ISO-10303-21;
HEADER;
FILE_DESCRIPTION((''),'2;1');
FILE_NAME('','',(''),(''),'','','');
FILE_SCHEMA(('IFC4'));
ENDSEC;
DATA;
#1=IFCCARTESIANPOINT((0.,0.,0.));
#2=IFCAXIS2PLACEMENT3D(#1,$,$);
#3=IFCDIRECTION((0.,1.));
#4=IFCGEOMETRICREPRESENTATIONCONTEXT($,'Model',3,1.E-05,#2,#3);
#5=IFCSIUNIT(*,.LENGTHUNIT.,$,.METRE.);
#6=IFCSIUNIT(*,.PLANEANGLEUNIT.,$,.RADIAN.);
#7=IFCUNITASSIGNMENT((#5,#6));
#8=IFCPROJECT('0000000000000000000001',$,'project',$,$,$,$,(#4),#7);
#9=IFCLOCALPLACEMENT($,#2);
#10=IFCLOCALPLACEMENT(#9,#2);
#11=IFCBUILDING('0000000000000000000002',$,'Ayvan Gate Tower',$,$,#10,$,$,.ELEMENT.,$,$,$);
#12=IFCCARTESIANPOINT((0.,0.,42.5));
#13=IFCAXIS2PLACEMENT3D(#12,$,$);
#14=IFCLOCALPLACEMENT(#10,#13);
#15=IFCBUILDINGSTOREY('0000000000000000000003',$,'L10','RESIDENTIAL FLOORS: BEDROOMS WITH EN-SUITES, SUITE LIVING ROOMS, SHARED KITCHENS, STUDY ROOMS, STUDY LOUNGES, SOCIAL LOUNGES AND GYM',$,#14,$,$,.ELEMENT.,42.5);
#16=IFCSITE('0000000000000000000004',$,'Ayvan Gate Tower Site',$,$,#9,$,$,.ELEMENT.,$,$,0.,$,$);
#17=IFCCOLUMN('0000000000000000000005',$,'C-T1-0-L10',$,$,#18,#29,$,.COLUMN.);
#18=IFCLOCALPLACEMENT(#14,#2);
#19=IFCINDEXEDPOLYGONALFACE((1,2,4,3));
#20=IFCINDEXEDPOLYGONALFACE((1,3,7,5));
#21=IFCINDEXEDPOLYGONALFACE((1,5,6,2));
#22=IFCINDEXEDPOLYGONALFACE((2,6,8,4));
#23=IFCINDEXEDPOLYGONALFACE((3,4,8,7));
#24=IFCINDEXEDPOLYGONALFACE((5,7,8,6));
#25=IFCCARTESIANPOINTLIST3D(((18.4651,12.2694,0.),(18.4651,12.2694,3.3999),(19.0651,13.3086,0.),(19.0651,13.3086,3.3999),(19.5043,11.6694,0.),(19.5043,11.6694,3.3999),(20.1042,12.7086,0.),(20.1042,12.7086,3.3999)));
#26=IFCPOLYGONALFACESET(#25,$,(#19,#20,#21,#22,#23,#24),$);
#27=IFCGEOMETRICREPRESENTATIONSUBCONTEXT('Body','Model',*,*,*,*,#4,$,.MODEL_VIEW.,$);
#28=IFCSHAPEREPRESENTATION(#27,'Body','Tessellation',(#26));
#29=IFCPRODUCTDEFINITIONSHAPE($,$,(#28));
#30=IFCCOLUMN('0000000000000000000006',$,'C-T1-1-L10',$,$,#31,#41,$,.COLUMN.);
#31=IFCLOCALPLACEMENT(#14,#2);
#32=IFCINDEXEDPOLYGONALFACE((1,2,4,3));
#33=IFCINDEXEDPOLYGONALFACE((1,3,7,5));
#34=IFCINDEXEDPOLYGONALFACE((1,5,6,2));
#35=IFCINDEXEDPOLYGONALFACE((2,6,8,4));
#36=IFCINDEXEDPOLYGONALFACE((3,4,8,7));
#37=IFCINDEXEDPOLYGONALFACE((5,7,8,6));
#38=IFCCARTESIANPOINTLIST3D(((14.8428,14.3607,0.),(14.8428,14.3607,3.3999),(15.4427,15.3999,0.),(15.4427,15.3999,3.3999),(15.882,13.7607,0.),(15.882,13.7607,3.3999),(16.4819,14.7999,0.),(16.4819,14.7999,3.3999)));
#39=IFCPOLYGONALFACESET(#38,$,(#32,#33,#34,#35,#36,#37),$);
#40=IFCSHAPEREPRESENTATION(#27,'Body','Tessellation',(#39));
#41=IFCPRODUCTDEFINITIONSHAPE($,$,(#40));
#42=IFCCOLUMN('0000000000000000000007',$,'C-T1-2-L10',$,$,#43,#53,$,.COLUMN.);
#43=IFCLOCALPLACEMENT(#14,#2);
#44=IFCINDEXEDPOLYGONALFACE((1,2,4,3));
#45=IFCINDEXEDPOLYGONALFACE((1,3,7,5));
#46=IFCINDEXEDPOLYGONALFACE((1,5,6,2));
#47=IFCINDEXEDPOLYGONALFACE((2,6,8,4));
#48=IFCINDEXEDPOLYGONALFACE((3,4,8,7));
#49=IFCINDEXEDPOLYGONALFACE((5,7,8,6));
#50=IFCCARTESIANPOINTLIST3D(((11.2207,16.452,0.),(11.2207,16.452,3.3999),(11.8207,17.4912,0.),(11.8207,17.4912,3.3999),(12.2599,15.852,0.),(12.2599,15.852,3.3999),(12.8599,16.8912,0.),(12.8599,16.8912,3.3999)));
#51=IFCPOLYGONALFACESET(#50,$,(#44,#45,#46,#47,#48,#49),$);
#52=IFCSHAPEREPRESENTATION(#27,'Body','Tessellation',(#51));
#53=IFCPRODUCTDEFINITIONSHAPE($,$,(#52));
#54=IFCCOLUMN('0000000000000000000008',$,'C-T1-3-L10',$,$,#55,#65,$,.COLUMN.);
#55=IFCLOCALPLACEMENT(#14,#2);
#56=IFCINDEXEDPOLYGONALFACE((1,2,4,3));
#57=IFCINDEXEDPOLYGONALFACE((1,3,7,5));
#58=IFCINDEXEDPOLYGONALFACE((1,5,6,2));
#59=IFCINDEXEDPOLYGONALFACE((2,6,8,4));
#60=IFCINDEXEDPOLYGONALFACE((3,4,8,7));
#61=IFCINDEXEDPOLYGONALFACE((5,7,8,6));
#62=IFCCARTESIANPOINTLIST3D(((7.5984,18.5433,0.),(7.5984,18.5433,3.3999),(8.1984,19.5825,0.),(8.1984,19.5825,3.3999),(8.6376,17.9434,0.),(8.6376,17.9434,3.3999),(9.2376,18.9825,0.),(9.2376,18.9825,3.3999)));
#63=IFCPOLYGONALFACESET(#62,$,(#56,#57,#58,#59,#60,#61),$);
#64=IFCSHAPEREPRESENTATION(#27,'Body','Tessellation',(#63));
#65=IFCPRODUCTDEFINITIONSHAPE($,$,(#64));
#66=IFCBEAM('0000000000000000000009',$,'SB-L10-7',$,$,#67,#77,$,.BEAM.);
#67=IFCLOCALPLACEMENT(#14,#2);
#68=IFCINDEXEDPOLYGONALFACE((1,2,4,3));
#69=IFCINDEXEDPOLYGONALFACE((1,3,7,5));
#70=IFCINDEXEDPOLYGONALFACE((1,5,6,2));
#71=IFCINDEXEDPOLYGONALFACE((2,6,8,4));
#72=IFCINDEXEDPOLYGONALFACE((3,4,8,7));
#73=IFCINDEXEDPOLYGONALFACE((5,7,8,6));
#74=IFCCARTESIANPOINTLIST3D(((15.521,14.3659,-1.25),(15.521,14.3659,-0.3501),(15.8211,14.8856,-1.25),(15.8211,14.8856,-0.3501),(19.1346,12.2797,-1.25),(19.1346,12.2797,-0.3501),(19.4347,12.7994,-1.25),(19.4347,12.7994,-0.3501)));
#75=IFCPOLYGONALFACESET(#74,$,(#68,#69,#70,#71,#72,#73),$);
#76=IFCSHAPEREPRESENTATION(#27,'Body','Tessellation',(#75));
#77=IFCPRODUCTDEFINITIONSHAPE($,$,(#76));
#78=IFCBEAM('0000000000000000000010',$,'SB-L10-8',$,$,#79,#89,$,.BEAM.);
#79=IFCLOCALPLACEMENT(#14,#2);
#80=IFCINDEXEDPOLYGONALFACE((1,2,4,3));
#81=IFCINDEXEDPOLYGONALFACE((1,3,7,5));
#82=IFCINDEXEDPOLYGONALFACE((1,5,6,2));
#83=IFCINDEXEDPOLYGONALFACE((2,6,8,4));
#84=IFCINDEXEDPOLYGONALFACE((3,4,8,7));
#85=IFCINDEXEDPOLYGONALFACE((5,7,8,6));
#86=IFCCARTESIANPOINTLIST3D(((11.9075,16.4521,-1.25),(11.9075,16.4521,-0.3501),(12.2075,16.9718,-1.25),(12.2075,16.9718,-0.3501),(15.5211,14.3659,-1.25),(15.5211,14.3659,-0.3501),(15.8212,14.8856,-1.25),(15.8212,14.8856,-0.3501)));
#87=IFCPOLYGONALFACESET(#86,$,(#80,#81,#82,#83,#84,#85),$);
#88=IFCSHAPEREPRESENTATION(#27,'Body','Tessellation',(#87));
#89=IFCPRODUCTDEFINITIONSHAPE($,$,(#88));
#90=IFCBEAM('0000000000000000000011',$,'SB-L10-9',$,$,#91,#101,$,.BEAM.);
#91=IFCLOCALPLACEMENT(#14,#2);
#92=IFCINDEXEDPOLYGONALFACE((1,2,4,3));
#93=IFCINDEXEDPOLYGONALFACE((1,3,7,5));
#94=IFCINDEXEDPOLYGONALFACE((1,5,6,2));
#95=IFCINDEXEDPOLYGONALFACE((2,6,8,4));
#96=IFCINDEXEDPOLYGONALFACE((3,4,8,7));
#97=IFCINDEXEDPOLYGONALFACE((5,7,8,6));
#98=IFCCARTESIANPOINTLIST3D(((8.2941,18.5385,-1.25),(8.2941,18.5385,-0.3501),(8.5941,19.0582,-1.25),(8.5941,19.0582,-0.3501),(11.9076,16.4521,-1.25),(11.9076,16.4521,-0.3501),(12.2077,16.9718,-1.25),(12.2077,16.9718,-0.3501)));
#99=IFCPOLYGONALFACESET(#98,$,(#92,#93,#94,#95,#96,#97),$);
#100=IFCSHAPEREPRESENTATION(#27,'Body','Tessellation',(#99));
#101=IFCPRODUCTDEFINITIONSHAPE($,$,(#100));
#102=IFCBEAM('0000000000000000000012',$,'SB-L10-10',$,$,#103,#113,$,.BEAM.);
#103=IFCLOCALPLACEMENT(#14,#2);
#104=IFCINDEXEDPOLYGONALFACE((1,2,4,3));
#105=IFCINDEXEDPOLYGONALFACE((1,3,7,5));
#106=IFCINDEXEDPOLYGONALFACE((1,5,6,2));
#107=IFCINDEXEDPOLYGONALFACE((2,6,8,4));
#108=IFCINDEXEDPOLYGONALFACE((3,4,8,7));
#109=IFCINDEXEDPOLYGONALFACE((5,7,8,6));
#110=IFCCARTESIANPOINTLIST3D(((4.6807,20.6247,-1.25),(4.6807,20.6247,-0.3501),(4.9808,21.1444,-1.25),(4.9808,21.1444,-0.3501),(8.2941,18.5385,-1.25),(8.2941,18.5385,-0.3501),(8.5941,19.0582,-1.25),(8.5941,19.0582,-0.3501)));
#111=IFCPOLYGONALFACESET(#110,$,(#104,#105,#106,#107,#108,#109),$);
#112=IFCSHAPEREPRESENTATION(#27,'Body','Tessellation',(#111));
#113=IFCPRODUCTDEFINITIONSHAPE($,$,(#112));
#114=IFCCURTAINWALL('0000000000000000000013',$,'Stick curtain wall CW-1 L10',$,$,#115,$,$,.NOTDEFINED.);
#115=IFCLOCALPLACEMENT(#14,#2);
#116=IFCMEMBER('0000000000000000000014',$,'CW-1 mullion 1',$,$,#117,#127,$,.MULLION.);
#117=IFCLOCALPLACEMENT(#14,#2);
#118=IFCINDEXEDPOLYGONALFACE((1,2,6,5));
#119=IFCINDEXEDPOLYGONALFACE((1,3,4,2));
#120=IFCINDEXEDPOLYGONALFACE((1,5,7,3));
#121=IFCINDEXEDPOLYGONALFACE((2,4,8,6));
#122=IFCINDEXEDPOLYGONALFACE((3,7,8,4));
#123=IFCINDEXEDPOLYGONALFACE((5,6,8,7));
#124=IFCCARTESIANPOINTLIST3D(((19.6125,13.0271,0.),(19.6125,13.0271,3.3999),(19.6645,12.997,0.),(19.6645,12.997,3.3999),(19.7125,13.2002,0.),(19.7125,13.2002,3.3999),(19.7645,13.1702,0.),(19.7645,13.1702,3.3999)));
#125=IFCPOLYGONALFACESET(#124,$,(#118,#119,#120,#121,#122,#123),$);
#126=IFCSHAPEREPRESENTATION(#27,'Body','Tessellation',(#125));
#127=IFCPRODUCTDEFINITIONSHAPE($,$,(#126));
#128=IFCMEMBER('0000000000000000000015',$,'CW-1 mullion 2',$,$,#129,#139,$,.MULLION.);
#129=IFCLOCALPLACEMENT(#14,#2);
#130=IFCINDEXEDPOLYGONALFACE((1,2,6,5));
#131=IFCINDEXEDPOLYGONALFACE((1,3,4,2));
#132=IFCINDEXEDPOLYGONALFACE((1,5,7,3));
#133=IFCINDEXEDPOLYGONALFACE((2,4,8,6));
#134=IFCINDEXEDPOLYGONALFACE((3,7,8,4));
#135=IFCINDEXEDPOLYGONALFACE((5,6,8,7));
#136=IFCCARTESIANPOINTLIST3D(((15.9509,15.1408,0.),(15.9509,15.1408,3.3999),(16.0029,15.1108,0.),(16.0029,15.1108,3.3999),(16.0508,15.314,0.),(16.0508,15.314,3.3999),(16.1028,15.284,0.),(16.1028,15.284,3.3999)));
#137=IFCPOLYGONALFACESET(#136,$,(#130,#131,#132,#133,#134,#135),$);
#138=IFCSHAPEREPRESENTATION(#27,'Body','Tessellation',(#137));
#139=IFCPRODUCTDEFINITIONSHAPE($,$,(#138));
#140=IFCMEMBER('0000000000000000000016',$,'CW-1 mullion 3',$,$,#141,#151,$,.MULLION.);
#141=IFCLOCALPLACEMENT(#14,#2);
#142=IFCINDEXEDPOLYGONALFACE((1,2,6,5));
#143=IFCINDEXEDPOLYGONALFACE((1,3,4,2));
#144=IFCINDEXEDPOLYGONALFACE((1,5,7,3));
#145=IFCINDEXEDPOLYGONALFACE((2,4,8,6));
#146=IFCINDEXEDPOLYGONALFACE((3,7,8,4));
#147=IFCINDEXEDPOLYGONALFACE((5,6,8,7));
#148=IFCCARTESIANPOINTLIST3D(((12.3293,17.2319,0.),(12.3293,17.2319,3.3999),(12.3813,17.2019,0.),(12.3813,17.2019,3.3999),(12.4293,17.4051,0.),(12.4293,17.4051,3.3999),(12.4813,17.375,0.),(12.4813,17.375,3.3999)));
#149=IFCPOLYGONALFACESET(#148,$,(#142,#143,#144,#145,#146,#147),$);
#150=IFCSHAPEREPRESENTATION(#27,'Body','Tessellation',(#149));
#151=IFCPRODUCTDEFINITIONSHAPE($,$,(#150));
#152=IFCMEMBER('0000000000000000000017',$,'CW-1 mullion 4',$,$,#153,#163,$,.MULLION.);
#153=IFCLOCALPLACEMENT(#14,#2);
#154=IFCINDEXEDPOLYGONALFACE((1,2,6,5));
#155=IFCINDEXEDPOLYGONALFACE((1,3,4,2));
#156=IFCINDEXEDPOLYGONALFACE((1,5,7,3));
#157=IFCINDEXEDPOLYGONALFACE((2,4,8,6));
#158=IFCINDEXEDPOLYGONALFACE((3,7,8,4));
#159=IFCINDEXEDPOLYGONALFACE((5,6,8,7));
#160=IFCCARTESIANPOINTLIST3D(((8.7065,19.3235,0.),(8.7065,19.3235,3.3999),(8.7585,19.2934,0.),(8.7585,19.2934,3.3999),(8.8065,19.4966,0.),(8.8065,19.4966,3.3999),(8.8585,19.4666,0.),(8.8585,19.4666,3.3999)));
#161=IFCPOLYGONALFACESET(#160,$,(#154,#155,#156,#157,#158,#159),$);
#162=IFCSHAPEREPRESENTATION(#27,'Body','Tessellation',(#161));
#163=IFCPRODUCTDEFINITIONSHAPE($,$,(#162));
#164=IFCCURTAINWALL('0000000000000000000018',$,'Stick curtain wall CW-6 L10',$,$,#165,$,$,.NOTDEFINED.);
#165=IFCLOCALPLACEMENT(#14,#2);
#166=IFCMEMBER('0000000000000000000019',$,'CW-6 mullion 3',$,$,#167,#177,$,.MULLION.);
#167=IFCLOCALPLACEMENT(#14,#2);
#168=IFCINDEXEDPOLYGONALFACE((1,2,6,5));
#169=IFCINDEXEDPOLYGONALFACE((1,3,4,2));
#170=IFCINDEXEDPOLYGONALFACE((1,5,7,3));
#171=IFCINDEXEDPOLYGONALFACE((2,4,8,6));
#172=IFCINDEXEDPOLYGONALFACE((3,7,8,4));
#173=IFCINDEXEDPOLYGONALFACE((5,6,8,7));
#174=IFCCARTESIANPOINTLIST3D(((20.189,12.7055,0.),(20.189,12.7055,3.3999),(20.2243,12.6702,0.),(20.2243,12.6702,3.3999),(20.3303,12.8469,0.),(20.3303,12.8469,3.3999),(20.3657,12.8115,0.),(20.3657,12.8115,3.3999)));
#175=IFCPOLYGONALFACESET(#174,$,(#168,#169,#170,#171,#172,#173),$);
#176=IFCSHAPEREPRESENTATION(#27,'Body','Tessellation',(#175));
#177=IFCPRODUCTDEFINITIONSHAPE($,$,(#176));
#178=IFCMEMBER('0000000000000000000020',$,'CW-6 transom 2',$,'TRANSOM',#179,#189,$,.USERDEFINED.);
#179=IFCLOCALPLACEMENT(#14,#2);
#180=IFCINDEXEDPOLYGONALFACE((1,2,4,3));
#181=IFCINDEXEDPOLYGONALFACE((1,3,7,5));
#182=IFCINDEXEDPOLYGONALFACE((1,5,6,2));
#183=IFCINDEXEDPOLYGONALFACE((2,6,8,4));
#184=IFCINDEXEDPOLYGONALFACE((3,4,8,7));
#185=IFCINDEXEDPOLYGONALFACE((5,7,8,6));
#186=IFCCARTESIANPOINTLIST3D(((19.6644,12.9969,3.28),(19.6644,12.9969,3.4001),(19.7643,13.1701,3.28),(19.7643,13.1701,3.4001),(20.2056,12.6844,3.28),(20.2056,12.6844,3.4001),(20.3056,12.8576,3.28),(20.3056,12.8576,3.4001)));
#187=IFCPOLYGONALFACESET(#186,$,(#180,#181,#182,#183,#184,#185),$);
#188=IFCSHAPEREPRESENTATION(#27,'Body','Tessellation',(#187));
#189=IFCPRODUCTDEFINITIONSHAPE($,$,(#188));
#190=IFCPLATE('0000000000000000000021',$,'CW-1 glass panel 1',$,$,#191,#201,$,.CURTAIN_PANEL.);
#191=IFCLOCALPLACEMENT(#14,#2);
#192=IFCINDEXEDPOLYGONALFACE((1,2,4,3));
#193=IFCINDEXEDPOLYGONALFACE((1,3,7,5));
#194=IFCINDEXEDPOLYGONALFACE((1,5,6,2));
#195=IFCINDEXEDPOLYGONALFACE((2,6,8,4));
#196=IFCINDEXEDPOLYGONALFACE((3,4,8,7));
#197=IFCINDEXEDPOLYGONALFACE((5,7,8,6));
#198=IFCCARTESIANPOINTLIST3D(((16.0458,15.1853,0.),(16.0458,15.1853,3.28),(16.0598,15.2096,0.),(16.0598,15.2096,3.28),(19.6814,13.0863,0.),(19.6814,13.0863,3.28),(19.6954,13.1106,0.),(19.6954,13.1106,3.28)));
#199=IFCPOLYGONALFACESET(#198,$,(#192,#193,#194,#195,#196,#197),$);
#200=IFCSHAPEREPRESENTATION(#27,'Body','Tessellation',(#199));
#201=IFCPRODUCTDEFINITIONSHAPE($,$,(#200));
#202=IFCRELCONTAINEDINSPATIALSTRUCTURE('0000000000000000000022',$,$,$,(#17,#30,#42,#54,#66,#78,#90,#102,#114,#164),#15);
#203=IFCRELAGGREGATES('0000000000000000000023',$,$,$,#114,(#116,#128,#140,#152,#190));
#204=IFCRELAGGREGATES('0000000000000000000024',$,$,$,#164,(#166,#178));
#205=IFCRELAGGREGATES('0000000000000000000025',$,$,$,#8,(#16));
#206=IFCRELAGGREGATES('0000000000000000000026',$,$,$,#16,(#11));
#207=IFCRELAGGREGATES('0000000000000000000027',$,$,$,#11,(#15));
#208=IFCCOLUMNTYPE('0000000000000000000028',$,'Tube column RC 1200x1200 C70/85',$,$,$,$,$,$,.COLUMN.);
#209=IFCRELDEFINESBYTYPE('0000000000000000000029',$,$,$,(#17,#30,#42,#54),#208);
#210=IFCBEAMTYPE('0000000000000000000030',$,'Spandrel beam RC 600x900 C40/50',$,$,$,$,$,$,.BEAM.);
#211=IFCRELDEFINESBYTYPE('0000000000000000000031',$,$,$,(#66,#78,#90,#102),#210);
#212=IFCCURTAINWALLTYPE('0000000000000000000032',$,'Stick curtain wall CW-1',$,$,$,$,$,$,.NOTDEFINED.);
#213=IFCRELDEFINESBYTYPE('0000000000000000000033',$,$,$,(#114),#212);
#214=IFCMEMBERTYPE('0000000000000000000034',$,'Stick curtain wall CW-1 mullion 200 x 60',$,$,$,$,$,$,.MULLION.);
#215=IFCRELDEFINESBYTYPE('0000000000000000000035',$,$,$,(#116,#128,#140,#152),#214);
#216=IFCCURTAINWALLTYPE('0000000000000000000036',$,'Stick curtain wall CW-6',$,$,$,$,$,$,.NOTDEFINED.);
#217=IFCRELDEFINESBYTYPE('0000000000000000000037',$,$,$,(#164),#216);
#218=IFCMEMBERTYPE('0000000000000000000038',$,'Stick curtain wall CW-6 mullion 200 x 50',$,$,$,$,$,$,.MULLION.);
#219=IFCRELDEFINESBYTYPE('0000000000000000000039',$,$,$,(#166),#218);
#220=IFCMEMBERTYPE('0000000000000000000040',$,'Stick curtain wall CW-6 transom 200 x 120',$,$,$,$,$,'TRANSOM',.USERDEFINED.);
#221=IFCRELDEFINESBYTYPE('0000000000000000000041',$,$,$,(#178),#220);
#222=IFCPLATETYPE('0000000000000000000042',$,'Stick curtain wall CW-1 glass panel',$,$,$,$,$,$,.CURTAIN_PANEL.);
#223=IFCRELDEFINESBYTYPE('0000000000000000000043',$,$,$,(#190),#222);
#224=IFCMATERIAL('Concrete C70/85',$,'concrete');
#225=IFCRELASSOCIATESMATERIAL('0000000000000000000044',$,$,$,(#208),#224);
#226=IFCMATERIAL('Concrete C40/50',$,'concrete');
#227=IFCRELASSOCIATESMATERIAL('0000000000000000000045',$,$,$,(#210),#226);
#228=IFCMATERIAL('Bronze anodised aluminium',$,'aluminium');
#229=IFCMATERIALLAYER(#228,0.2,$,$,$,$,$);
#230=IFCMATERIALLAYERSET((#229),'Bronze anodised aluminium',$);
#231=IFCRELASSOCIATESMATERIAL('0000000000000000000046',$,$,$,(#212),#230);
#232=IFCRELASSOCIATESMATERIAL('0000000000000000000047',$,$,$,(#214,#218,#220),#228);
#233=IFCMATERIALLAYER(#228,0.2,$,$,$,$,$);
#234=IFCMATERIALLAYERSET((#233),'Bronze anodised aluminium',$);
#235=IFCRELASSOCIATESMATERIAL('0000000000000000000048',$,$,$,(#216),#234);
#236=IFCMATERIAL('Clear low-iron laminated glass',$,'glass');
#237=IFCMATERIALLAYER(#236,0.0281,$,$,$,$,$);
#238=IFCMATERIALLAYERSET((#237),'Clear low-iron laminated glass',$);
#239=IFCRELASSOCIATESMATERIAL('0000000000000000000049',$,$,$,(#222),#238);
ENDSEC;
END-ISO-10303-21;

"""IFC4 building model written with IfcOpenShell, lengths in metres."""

from ifc_helpers import new_model, si_unit, direction, frame, origin, origin_2d, place, context, subcontext, project, spatial, rectangle, extrude, material, layer, layer_set, material_profile, profile_set, type_object, element, aggregate, save


model = new_model("IFC4")

# Units and contexts
model_context = context("Model", 3, precision=1e-05, world=origin(), true_north=direction((0.0, 1.0)))
body_context = subcontext(model_context, "Body", "Model", "MODEL_VIEW")
ifc_project = project(units=[si_unit("LENGTHUNIT", "METRE"), si_unit("PLANEANGLEUNIT", "RADIAN")], contexts=[model_context])

# Site, building, storey
site_placement = place(None, origin())
site = spatial("IfcSite", under=ifc_project, at=site_placement, Name="Ayvan Gate Tower Site", CompositionType="ELEMENT", RefElevation=0.0)
building_placement = place(site_placement, origin())
building = spatial("IfcBuilding", under=site, at=building_placement, Name="Ayvan Gate Tower", CompositionType="ELEMENT")
storey_placement = place(building_placement, frame((0.0, 0.0, 42.5)))
storey = spatial("IfcBuildingStorey", under=building, at=storey_placement, Name="L10", Description="RESIDENTIAL FLOORS: BEDROOMS WITH EN-SUITES, SUITE LIVING ROOMS, SHARED KITCHENS, STUDY ROOMS, STUDY LOUNGES, SOCIAL LOUNGES AND GYM", CompositionType="ELEMENT", Elevation=42.5)

# Columns
ifc_material_1 = material(Name="Concrete C70/85", Category="concrete")
ifc_material_profile_1 = material_profile(ifc_material_1, rectangle(XDim=1.2, YDim=1.2, at=origin_2d()), Name="RC 1200x1200")
ifc_profile_set_1 = profile_set([ifc_material_profile_1], Name="Concrete C70/85")
column_type = type_object("IfcColumnType", Name="Tube column RC 1200x1200 C70/85", PredefinedType="COLUMN", material=ifc_profile_set_1)
for number, where, z_axis, x_axis, name in (
    (1, (19.2847, 12.489, 0.0), (0.0, 0.0, 1.0), (0.5, 0.866025, 0.0), "C-T1-0-L10"),
    (2, (15.6624, 14.5803, 0.0), (0.0, 0.0, 1.0), (0.5, 0.866025, 0.0), "C-T1-1-L10"),
    (3, (12.0403, 16.6716, 0.0), (0.0, 0.0, 1.0), (0.5, 0.866025, 0.0), "C-T1-2-L10"),
    (4, (8.418, 18.7629, 0.0), (0.0, 0.0, 1.0), (0.5, 0.866025, 0.0), "C-T1-3-L10"),
):
    element("IfcColumn", number, at=place(storey_placement, frame(where, z_axis=z_axis, x_axis=x_axis)), inside=storey, type_object=column_type, Name=name, PredefinedType="COLUMN", context=body_context, shape_type="SweptSolid", body=[
        extrude(rectangle(XDim=1.2, YDim=1.2, at=origin_2d()), origin(), (0.0, 0.0, 1.0), 3.3999),
    ])

# Beams
ifc_material_2 = material(Name="Concrete C40/50", Category="concrete")
ifc_material_profile_2 = material_profile(ifc_material_2, rectangle(XDim=0.6001, YDim=0.8999, at=origin_2d()), Name="RC 600x900")
ifc_profile_set_2 = profile_set([ifc_material_profile_2], Name="Concrete C40/50")
beam_type = type_object("IfcBeamType", Name="Spandrel beam RC 600x900 C40/50", PredefinedType="BEAM", material=ifc_profile_set_2)
for number, where, z_axis, x_axis, name in (
    (5, (19.2847, 12.5396, -0.8), (-0.866035, 0.499984, 0.0), (-0.499984, -0.866035, 0.0), "SB-L10-7"),
    (6, (15.6711, 14.6257, -0.8), (-0.866035, 0.499984, 0.0), (-0.499984, -0.866035, 0.0), "SB-L10-8"),
    (7, (12.0576, 16.7119, -0.8), (-0.866009, 0.500028, 0.0), (-0.500028, -0.866009, 0.0), "SB-L10-9"),
):
    element("IfcBeam", number, at=place(storey_placement, frame(where, z_axis=z_axis, x_axis=x_axis)), inside=storey, type_object=beam_type, Name=name, PredefinedType="BEAM", context=body_context, shape_type="SweptSolid", body=[
        extrude(rectangle(XDim=0.6001, YDim=0.8999, at=origin_2d()), origin(), (0.0, 0.0, 1.0), 4.1726),
    ])
beam_placement = place(storey_placement, frame((8.4441, 18.7983, -0.8), z_axis=(-0.86602, 0.500009, 0.0), x_axis=(-0.500009, -0.86602, 0.0)))
element("IfcBeam", 8, at=beam_placement, inside=storey, type_object=beam_type, Name="SB-L10-10", PredefinedType="BEAM", context=body_context, shape_type="SweptSolid", body=[
    extrude(rectangle(XDim=0.6001, YDim=0.8999, at=origin_2d()), origin(), (0.0, 0.0, 1.0), 4.1724),
])

# Curtain walls, members
ifc_material_3 = material(Name="Bronze anodised aluminium", Category="aluminium")
ifc_layer_1 = layer(ifc_material_3, 0.2)
ifc_layer_set_1 = layer_set([ifc_layer_1], Name="Bronze anodised aluminium")
curtain_wall_type_1 = type_object("IfcCurtainWallType", Name="Stick curtain wall CW-1", PredefinedType="NOTDEFINED", material=ifc_layer_set_1)
curtain_wall_1_placement = place(storey_placement, origin())
curtain_wall_1 = element("IfcCurtainWall", 9, at=curtain_wall_1_placement, inside=storey, type_object=curtain_wall_type_1, Name="Stick curtain wall CW-1 L10", PredefinedType="NOTDEFINED")
ifc_material_profile_3 = material_profile(ifc_material_3, rectangle(XDim=0.2, YDim=0.0601, at=origin_2d()), Name="Stick curtain wall CW-1 mullion 200 x 60")
ifc_profile_set_3 = profile_set([ifc_material_profile_3], Name="Bronze anodised aluminium")
member_type_1 = type_object("IfcMemberType", Name="Stick curtain wall CW-1 mullion 200 x 60", PredefinedType="MULLION", material=ifc_profile_set_3)
member_1_placement = place(storey_placement, frame((19.6885, 13.0986, 0.0), z_axis=(0.0, 0.0, 1.0), x_axis=(0.5, 0.866025, 0.0)))
member_1 = element("IfcMember", 10, at=member_1_placement, type_object=member_type_1, Name="CW-1 mullion 1", PredefinedType="MULLION", context=body_context, shape_type="SweptSolid", body=[
    extrude(rectangle(XDim=0.2, YDim=0.0601, at=origin_2d()), origin(), (0.0, 0.0, 1.0), 3.3999),
])
member_2_placement = place(storey_placement, frame((16.0269, 15.2124, 0.0), z_axis=(0.0, 0.0, 1.0), x_axis=(0.5, 0.866025, 0.0)))
member_2 = element("IfcMember", 11, at=member_2_placement, type_object=member_type_1, Name="CW-1 mullion 2", PredefinedType="MULLION", context=body_context, shape_type="SweptSolid", body=[
    extrude(rectangle(XDim=0.2, YDim=0.0601, at=origin_2d()), origin(), (0.0, 0.0, 1.0), 3.3999),
])
member_3_placement = place(storey_placement, frame((12.4053, 17.3035, 0.0), z_axis=(0.0, 0.0, 1.0), x_axis=(0.5, 0.866025, 0.0)))
member_3 = element("IfcMember", 12, at=member_3_placement, type_object=member_type_1, Name="CW-1 mullion 3", PredefinedType="MULLION", context=body_context, shape_type="SweptSolid", body=[
    extrude(rectangle(XDim=0.2, YDim=0.0601, at=origin_2d()), origin(), (0.0, 0.0, 1.0), 3.3999),
])
member_4_placement = place(storey_placement, frame((8.7825, 19.395, 0.0), z_axis=(0.0, 0.0, 1.0), x_axis=(0.5, 0.866025, 0.0)))
member_4 = element("IfcMember", 13, at=member_4_placement, type_object=member_type_1, Name="CW-1 mullion 4", PredefinedType="MULLION", context=body_context, shape_type="SweptSolid", body=[
    extrude(rectangle(XDim=0.2, YDim=0.0601, at=origin_2d()), origin(), (0.0, 0.0, 1.0), 3.3999),
])
ifc_layer_2 = layer(ifc_material_3, 0.2)
ifc_layer_set_2 = layer_set([ifc_layer_2], Name="Bronze anodised aluminium")
curtain_wall_type_2 = type_object("IfcCurtainWallType", Name="Stick curtain wall CW-6", PredefinedType="NOTDEFINED", material=ifc_layer_set_2)
curtain_wall_2_placement = place(storey_placement, origin())
curtain_wall_2 = element("IfcCurtainWall", 14, at=curtain_wall_2_placement, inside=storey, type_object=curtain_wall_type_2, Name="Stick curtain wall CW-6 L10", PredefinedType="NOTDEFINED")
ifc_material_profile_4 = material_profile(ifc_material_3, rectangle(XDim=0.2, YDim=0.05, at=origin_2d()), Name="Stick curtain wall CW-6 mullion 200 x 50")
ifc_profile_set_4 = profile_set([ifc_material_profile_4], Name="Bronze anodised aluminium")
member_type_2 = type_object("IfcMemberType", Name="Stick curtain wall CW-6 mullion 200 x 50", PredefinedType="MULLION", material=ifc_profile_set_4)
member_5_placement = place(storey_placement, frame((20.2773, 12.7585, 0.0), z_axis=(0.0, 0.0, 1.0), x_axis=(0.707107, 0.707107, 0.0)))
member_5 = element("IfcMember", 15, at=member_5_placement, type_object=member_type_2, Name="CW-6 mullion 3", PredefinedType="MULLION", context=body_context, shape_type="SweptSolid", body=[
    extrude(rectangle(XDim=0.2, YDim=0.05, at=origin_2d()), origin(), (0.0, 0.0, 1.0), 3.3999),
])
ifc_material_profile_5 = material_profile(ifc_material_3, rectangle(XDim=0.2, YDim=0.1201, at=origin_2d()), Name="Stick curtain wall CW-6 transom 200 x 120")
ifc_profile_set_5 = profile_set([ifc_material_profile_5], Name="Bronze anodised aluminium")
member_type_3 = type_object("IfcMemberType", Name="Stick curtain wall CW-6 transom 200 x 120", ElementType="TRANSOM", PredefinedType="USERDEFINED", material=ifc_profile_set_5)
member_6_placement = place(storey_placement, frame((20.2556, 12.771, 3.3401), z_axis=(-0.866023, 0.500004, 0.0), x_axis=(-0.500004, -0.866023, 0.0)))
member_6 = element("IfcMember", 16, at=member_6_placement, type_object=member_type_3, Name="CW-6 transom 2", ObjectType="TRANSOM", PredefinedType="USERDEFINED", context=body_context, shape_type="SweptSolid", body=[
    extrude(rectangle(XDim=0.2, YDim=0.1201, at=origin_2d()), origin(), (0.0, 0.0, 1.0), 0.625),
])

# Plate
ifc_material_4 = material(Name="Clear low-iron laminated glass", Category="glass")
ifc_layer_3 = layer(ifc_material_4, 0.0281)
ifc_layer_set_3 = layer_set([ifc_layer_3], Name="Clear low-iron laminated glass")
plate_type_1 = type_object("IfcPlateType", Name="Stick curtain wall CW-1 glass panel", PredefinedType="CURTAIN_PANEL", material=ifc_layer_set_3)
plate_1_placement = place(storey_placement, frame((17.8706, 14.1479, 0.0), z_axis=(0.0, 0.0, 1.0), x_axis=(-0.866025, 0.5, 0.0)))
plate_1 = element("IfcPlate", 17, at=plate_1_placement, type_object=plate_type_1, Name="CW-1 glass panel 1", PredefinedType="CURTAIN_PANEL", context=body_context, shape_type="SweptSolid", body=[
    extrude(rectangle(XDim=4.198, YDim=0.0281, at=origin_2d()), origin(), (0.0, 0.0, 1.0), 3.28),
])
aggregate(curtain_wall_1, [member_1, member_2, member_3, member_4, plate_1])
aggregate(curtain_wall_2, [member_5, member_6])

save(model, "model.ifc")
